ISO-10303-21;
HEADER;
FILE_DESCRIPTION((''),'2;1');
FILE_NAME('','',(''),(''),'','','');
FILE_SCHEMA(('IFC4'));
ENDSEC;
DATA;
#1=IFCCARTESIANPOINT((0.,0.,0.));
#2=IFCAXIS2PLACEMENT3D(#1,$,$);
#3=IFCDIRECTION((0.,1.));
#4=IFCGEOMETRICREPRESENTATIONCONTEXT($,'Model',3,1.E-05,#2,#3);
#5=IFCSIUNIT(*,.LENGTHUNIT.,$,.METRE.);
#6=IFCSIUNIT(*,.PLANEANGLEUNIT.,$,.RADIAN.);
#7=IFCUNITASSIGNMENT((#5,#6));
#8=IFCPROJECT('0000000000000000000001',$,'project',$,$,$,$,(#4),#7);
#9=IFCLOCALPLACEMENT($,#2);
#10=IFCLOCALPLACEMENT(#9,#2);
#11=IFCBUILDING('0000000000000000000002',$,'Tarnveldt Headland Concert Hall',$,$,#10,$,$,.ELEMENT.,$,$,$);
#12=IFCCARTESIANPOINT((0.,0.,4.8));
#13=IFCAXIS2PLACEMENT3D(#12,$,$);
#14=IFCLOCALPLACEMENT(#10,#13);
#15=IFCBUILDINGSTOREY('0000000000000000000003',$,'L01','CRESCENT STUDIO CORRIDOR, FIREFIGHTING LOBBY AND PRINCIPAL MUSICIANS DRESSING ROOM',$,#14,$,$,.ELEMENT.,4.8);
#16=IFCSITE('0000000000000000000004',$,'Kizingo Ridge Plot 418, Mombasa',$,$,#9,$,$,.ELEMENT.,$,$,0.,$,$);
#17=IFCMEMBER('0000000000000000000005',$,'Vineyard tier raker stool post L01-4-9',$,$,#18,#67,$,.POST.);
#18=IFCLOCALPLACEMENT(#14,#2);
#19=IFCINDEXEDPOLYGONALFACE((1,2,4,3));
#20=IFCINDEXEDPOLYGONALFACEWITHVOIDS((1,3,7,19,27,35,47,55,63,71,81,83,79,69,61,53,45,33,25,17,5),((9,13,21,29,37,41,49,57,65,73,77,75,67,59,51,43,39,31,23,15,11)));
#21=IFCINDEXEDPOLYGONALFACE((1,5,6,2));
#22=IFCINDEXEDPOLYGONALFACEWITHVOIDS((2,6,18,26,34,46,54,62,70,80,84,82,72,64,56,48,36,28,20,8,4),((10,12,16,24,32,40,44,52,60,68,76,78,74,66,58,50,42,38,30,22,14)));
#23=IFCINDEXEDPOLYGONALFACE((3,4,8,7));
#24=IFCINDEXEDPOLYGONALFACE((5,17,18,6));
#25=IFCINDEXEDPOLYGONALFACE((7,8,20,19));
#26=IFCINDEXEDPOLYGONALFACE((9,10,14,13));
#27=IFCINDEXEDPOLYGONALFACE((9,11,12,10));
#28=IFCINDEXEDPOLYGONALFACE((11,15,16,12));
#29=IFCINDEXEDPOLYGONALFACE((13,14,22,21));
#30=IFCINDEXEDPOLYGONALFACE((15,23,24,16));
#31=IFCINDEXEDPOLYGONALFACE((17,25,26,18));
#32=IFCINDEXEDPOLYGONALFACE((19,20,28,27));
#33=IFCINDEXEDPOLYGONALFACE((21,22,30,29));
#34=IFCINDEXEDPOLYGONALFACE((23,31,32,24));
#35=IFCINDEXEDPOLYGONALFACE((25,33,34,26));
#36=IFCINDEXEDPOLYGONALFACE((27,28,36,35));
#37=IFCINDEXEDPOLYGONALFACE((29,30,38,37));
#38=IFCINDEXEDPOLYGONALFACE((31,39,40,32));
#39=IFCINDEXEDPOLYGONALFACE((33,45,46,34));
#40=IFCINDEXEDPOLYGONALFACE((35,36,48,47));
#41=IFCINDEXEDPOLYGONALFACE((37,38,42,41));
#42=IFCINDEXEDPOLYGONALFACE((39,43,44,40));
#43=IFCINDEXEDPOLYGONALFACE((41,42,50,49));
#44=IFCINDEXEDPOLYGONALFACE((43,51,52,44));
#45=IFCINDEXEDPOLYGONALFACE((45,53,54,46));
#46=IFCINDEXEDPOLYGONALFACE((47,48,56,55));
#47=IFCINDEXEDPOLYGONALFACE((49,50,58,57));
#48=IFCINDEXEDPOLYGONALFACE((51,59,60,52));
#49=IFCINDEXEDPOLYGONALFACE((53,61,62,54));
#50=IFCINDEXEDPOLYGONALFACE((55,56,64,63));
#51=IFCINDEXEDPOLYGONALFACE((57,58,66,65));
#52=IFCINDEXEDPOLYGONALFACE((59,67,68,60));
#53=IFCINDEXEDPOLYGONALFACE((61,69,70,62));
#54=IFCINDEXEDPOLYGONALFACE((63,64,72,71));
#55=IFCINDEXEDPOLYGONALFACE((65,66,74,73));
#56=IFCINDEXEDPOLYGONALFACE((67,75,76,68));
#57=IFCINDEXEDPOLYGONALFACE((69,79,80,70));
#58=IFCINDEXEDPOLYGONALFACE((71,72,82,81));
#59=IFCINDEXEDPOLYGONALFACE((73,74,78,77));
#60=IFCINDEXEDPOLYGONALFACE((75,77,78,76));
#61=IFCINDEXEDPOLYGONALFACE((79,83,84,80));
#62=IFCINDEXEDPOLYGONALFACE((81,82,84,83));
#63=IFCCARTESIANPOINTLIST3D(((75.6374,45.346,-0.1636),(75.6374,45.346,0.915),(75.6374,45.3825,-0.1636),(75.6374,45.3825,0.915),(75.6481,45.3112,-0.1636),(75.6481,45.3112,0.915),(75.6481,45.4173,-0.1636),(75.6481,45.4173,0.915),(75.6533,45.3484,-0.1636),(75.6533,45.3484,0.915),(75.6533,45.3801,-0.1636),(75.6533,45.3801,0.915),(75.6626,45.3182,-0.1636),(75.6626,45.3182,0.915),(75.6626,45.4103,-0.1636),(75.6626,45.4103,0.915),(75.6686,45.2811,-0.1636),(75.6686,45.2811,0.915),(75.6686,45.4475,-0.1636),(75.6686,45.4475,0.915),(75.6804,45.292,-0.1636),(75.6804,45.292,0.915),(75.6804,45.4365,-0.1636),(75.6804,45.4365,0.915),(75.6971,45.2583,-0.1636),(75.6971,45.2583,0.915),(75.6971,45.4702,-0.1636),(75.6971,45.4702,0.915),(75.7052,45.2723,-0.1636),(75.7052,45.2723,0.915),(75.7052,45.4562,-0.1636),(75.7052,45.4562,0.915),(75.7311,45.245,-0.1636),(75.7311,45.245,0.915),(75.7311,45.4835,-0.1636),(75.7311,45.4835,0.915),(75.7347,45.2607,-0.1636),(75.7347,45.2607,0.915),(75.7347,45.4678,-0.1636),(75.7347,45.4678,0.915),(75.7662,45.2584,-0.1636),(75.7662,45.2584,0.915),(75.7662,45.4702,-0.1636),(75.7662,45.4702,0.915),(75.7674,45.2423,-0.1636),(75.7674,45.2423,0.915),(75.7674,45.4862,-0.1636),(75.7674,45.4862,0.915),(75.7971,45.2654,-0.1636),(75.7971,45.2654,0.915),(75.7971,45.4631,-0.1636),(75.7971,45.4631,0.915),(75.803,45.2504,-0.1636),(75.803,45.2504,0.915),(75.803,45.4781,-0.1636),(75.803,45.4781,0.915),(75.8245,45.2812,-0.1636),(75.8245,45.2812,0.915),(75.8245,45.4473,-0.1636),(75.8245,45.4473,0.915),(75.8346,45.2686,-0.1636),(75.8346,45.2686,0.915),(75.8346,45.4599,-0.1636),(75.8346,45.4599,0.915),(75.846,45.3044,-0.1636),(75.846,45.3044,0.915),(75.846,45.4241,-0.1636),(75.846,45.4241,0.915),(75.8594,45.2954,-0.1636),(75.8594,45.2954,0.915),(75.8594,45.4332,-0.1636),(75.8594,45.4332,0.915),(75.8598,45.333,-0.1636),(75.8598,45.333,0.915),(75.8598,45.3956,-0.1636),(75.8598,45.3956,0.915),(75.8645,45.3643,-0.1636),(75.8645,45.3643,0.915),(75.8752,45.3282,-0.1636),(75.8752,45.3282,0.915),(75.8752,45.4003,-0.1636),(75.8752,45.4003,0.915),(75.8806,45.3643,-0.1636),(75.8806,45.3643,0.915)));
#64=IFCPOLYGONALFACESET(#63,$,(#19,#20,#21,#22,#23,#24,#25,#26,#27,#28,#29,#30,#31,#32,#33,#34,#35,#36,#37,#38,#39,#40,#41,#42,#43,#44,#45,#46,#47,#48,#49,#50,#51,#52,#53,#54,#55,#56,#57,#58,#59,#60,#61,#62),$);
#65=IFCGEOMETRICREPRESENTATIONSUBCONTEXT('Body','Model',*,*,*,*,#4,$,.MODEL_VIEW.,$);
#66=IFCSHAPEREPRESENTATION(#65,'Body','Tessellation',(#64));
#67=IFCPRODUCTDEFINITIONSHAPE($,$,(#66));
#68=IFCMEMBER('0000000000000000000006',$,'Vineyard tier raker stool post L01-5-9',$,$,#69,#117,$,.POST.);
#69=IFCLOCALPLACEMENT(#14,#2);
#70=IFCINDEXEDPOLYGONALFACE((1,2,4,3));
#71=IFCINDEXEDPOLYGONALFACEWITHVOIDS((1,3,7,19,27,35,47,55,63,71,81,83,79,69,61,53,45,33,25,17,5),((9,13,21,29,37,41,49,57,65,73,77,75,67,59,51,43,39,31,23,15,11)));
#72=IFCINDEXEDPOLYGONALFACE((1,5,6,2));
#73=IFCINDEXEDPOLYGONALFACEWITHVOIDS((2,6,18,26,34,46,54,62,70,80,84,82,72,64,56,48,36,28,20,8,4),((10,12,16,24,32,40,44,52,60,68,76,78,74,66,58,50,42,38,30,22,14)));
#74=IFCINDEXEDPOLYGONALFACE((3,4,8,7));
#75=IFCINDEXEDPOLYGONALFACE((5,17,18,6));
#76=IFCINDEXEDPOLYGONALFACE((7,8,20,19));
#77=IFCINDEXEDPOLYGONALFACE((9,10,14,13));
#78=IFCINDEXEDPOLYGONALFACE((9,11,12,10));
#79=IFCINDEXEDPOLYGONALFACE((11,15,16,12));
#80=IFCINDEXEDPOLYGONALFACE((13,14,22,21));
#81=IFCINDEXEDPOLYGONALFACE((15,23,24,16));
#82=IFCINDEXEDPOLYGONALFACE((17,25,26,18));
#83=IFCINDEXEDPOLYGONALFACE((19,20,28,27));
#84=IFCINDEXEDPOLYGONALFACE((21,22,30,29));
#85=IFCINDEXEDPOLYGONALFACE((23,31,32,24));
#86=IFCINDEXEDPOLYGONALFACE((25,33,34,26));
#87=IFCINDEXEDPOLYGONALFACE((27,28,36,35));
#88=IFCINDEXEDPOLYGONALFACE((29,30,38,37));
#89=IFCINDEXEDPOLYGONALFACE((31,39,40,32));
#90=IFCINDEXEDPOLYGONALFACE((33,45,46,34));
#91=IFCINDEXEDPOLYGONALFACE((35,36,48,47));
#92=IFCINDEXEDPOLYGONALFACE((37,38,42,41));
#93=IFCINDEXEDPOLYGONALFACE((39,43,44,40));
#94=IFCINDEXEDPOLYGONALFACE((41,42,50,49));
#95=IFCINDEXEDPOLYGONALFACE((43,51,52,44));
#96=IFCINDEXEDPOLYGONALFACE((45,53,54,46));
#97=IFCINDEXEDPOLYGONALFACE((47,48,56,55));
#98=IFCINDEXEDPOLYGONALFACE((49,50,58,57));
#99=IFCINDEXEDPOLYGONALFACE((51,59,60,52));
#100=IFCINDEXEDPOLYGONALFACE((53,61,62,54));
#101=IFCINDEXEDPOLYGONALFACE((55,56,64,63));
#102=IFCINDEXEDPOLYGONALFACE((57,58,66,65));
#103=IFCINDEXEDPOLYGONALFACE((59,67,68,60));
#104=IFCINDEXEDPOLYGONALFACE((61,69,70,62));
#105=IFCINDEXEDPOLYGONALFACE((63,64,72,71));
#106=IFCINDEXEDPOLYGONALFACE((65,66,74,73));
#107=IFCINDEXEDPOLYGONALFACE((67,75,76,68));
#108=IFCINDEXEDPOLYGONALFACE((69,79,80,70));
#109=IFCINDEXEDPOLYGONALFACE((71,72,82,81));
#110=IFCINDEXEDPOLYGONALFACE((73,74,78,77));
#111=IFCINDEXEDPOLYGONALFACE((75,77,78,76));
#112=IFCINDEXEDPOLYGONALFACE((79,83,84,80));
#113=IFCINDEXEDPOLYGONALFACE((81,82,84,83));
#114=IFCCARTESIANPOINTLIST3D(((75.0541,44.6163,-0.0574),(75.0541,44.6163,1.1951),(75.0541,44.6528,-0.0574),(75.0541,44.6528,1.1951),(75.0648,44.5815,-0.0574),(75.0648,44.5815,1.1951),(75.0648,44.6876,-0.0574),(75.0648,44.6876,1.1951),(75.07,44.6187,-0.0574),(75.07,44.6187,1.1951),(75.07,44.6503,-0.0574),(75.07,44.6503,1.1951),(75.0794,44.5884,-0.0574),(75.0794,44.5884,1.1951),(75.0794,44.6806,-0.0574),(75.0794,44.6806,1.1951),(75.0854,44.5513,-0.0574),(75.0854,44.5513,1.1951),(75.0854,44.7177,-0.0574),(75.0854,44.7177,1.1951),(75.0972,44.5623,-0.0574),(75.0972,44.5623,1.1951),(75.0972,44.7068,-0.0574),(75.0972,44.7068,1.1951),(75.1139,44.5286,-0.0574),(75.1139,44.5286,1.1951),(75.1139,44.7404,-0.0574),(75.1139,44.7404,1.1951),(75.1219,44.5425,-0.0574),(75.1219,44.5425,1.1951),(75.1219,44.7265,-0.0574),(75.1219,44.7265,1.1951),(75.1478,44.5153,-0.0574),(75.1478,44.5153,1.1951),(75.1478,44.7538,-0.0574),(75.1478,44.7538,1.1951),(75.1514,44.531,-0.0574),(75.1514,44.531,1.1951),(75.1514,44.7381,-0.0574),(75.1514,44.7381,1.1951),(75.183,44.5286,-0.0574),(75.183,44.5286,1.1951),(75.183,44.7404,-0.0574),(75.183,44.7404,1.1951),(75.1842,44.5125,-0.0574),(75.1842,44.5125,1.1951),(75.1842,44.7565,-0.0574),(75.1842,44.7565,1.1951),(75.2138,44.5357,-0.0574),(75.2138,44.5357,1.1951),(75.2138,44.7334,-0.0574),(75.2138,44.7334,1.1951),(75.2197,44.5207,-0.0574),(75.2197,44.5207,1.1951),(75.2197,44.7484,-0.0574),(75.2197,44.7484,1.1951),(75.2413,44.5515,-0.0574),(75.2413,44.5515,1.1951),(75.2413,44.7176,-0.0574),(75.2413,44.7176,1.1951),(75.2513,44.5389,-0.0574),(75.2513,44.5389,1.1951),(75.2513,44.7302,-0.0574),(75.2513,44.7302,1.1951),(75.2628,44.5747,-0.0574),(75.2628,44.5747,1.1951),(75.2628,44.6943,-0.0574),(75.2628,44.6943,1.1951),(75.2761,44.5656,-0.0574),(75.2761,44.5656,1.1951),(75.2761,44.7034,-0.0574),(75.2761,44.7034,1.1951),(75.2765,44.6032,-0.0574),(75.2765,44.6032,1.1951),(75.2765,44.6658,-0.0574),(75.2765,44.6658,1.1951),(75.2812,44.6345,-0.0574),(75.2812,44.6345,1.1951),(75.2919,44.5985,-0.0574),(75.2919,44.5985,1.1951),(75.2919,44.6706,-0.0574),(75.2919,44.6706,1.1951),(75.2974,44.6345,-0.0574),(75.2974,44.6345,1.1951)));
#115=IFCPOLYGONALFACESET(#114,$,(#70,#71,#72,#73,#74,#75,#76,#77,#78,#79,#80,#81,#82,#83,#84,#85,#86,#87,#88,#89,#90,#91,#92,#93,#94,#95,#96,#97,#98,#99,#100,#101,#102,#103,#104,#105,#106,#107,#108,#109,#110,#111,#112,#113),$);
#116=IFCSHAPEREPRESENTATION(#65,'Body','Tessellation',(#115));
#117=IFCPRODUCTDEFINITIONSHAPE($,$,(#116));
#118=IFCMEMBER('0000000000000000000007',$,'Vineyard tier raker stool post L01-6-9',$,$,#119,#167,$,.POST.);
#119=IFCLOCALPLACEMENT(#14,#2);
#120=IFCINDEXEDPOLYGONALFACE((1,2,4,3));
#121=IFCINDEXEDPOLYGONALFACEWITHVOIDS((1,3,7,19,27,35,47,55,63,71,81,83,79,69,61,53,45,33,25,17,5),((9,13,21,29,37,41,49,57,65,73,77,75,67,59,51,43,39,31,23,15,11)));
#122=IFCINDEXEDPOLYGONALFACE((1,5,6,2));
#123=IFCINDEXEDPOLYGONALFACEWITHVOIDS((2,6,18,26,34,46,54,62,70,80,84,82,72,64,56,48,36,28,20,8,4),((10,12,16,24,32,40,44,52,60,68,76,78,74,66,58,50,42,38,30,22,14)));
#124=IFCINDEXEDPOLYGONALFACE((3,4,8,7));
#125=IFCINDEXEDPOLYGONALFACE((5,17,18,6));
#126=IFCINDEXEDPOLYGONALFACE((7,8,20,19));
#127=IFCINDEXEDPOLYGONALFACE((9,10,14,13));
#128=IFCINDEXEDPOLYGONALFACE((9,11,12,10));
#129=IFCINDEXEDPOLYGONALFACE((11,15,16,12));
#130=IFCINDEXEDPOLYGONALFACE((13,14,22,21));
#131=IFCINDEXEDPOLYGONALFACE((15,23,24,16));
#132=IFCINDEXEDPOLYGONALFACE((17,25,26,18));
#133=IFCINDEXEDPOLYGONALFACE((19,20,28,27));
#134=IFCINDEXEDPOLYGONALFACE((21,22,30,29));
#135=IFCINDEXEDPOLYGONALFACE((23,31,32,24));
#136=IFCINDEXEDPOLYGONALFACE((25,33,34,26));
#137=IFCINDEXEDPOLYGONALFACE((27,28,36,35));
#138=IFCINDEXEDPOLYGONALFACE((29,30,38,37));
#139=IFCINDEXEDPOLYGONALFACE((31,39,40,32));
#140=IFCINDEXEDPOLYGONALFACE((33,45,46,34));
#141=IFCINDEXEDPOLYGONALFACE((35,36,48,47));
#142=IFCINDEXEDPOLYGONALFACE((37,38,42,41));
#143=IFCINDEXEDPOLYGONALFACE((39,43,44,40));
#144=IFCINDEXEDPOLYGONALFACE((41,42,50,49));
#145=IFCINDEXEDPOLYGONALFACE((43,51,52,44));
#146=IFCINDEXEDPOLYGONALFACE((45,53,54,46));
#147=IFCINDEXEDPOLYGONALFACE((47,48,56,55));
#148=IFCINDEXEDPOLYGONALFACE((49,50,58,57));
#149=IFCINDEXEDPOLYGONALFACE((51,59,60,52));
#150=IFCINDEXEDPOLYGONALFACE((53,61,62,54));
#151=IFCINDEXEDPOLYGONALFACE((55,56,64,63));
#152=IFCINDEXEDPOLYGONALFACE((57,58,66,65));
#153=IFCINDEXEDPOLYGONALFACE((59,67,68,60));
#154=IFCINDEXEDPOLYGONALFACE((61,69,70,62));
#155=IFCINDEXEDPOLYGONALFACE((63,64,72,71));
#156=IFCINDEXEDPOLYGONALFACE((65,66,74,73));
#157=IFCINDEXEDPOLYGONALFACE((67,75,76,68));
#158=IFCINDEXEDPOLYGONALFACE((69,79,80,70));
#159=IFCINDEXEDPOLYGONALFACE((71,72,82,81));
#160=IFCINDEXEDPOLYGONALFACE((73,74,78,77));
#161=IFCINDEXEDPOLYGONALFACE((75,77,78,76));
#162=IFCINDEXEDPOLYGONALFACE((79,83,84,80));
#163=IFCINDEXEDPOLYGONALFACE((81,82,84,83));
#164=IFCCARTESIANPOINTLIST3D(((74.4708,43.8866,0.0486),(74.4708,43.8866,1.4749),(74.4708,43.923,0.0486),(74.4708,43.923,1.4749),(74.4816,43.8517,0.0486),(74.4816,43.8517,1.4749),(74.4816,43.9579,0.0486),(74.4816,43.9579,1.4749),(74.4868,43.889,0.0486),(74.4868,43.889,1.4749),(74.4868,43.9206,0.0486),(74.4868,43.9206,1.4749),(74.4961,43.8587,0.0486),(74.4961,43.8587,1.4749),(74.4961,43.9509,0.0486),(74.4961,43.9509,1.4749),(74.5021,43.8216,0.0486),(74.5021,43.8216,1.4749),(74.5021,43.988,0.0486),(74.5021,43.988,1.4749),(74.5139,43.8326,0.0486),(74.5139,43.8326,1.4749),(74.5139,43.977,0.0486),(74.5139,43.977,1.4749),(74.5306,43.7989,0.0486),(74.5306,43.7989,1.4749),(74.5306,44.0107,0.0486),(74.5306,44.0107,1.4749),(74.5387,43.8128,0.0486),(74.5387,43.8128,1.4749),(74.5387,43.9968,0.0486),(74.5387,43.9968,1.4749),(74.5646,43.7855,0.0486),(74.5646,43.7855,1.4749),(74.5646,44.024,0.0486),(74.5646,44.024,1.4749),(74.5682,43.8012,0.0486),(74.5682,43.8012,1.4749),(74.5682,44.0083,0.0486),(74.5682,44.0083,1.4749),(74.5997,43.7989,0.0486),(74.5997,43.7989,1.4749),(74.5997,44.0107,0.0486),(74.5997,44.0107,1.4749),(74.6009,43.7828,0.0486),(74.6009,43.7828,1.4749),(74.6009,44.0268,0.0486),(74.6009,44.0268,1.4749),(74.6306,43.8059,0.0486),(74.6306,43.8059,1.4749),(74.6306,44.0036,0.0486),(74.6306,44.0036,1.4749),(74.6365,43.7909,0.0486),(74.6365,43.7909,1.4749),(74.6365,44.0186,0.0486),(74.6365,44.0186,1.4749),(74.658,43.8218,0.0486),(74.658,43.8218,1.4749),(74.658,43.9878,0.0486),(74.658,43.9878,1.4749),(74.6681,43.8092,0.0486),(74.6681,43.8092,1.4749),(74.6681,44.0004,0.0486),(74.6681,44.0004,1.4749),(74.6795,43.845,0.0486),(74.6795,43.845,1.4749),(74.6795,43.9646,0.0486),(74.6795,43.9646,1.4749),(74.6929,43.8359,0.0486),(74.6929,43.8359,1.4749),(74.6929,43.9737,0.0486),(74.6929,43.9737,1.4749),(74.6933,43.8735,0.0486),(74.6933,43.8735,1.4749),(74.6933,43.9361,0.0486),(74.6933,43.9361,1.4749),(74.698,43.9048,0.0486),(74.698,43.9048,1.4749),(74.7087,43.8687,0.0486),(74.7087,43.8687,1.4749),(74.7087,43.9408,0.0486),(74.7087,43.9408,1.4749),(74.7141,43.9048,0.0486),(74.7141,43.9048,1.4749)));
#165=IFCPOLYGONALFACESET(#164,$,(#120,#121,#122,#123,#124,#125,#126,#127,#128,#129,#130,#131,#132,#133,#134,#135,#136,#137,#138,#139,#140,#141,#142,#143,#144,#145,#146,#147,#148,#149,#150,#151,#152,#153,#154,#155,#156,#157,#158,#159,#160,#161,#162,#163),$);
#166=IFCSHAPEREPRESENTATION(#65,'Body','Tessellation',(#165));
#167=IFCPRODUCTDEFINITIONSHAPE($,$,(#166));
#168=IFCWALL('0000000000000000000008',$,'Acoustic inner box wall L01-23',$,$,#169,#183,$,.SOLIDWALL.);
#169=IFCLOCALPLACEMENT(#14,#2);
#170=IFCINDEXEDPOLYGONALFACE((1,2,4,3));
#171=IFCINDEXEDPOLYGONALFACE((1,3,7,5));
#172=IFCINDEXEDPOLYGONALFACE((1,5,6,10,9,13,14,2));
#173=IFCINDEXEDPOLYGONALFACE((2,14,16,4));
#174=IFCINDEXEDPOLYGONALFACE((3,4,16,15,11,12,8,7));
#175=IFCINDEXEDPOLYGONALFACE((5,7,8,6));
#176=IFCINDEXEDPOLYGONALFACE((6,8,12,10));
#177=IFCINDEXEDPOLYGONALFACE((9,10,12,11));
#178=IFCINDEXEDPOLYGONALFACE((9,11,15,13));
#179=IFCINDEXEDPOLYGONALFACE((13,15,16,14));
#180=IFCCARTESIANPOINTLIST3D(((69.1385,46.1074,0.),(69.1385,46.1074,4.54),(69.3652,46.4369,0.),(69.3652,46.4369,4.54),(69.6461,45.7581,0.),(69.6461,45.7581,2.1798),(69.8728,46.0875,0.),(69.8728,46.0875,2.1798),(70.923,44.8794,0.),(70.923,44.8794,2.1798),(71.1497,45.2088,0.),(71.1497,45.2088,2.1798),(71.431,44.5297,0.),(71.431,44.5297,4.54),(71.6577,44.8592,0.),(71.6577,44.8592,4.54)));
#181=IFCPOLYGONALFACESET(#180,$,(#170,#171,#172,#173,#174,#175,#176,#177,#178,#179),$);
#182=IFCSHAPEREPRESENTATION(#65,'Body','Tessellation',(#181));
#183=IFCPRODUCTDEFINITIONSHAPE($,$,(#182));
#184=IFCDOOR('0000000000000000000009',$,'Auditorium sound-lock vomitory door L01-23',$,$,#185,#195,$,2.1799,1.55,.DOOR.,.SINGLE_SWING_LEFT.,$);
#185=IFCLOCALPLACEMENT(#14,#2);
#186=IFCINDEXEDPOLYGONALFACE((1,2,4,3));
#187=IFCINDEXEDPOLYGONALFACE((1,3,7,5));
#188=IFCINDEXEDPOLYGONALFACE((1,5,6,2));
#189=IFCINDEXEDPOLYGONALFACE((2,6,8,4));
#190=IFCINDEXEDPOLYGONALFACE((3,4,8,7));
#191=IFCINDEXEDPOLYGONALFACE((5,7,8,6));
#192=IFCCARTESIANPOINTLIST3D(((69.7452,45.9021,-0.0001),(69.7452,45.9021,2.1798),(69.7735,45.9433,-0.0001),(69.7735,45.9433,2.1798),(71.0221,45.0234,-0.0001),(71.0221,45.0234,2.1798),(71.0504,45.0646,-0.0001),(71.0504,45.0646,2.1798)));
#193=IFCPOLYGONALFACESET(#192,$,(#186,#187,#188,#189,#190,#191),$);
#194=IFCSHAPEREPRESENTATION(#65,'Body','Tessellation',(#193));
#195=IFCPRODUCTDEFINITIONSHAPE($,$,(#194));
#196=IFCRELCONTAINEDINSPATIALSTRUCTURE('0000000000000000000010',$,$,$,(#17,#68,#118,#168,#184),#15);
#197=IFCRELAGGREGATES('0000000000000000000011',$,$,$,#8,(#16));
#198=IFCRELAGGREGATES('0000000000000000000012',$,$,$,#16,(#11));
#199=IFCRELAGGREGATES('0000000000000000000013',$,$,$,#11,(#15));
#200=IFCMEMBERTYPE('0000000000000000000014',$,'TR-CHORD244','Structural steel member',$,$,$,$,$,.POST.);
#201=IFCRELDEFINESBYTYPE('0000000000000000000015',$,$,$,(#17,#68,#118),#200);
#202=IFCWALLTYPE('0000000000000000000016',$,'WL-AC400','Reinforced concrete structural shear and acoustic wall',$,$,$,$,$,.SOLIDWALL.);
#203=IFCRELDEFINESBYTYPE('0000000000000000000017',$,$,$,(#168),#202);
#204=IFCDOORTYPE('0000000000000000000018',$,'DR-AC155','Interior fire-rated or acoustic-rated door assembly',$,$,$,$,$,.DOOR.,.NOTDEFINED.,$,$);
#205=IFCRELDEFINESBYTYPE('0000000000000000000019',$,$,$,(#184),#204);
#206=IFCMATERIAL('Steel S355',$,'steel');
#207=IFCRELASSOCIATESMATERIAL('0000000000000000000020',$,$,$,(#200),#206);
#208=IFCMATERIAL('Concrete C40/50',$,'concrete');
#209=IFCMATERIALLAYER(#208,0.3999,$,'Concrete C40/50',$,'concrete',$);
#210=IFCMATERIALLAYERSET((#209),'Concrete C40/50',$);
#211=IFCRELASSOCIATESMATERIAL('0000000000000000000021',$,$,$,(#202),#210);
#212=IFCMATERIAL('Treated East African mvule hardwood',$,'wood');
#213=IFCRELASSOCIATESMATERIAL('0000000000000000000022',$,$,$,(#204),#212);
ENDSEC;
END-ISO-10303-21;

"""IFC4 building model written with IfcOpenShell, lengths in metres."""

from ifc_helpers import new_model, si_unit, direction, frame, frame_2d, origin, origin_2d, place, context, subcontext, project, spatial, rectangle, hollow_circle, extrude, material, layer, layer_set, material_profile, profile_set, type_object, element, fill, save


model = new_model("IFC4")

# Units and contexts
model_context = context("Model", 3, precision=1e-05, world=origin(), true_north=direction((0.0, 1.0)))
body_context = subcontext(model_context, "Body", "Model", "MODEL_VIEW")
ifc_project = project(units=[si_unit("LENGTHUNIT", "METRE"), si_unit("PLANEANGLEUNIT", "RADIAN")], contexts=[model_context])

# Site, building, storey
site_placement = place(None, origin())
site = spatial("IfcSite", under=ifc_project, at=site_placement, Name="Kizingo Ridge Plot 418, Mombasa", CompositionType="ELEMENT", RefElevation=0.0)
building_placement = place(site_placement, origin())
building = spatial("IfcBuilding", under=site, at=building_placement, Name="Tarnveldt Headland Concert Hall", CompositionType="ELEMENT")
storey_placement = place(building_placement, frame((0.0, 0.0, 4.8)))
storey = spatial("IfcBuildingStorey", under=building, at=storey_placement, Name="L01", Description="CRESCENT STUDIO CORRIDOR, FIREFIGHTING LOBBY AND PRINCIPAL MUSICIANS DRESSING ROOM", CompositionType="ELEMENT", Elevation=4.8)

# Shared definitions
ifc_material_1 = material(Name="Concrete C40/50", Category="concrete")
ifc_material_2 = material(Name="Steel S355", Category="steel")

# Members
ifc_material_profile_1 = material_profile(ifc_material_2, hollow_circle(Radius=0.1223, WallThickness=0.0161, at=origin_2d()), Name="CHS 244.5x16", Category="steel")
ifc_profile_set_1 = profile_set([ifc_material_profile_1], Name="Steel S355")
member_type = type_object("IfcMemberType", Name="TR-CHORD244", Description="Structural steel member", PredefinedType="POST", material=ifc_profile_set_1)
for number, where, z_axis, x_axis, name in (
    (1, (75.7583, 45.3643, -0.1636), (0.0, 0.0, 1.0), (1.0, 0.0, 0.0), "Vineyard tier raker stool post L01-4-9"),
):
    element("IfcMember", number, at=place(storey_placement, frame(where, z_axis=z_axis, x_axis=x_axis)), inside=storey, type_object=member_type, Name=name, PredefinedType="POST", context=body_context, shape_type="SweptSolid", body=[
        extrude(hollow_circle(Radius=0.1223, WallThickness=0.0161, at=origin_2d()), origin(), (0.0, 0.0, 1.0), 1.0786),
    ])
member_1_placement = place(storey_placement, frame((75.175, 44.6345, -0.0574), z_axis=(0.0, 0.0, 1.0), x_axis=(1.0, 0.0, 0.0)))
element("IfcMember", 2, at=member_1_placement, inside=storey, type_object=member_type, Name="Vineyard tier raker stool post L01-5-9", PredefinedType="POST", context=body_context, shape_type="SweptSolid", body=[
    extrude(hollow_circle(Radius=0.1223, WallThickness=0.0161, at=origin_2d()), origin(), (0.0, 0.0, 1.0), 1.2524),
])
member_2_placement = place(storey_placement, frame((74.5918, 43.9048, 0.0486), z_axis=(0.0, 0.0, 1.0), x_axis=(1.0, 0.0, 0.0)))
element("IfcMember", 3, at=member_2_placement, inside=storey, type_object=member_type, Name="Vineyard tier raker stool post L01-6-9", PredefinedType="POST", context=body_context, shape_type="SweptSolid", body=[
    extrude(hollow_circle(Radius=0.1223, WallThickness=0.0161, at=origin_2d()), origin(), (0.0, 0.0, 1.0), 1.4263),
])

# Wall, opening, door
ifc_layer_1 = layer(ifc_material_1, 0.3999, Name="Concrete C40/50", Category="concrete")
ifc_layer_set_1 = layer_set([ifc_layer_1], Name="Concrete C40/50")
wall_type = type_object("IfcWallType", Name="WL-AC400", Description="Reinforced concrete structural shear and acoustic wall", PredefinedType="SOLIDWALL", material=ifc_layer_set_1)
wall_1_placement = place(storey_placement, frame((69.2517, 46.2722, 0.0), z_axis=(0.0, 0.0, 1.0), x_axis=(0.823781, -0.566909, 0.0)))
wall_1 = element("IfcWall", 4, at=wall_1_placement, inside=storey, type_object=wall_type, Name="Acoustic inner box wall L01-23", PredefinedType="SOLIDWALL", context=body_context, shape_type="SweptSolid", body=[
    extrude(rectangle(XDim=2.783, YDim=0.3999, at=frame_2d((1.3916, 0.0))), origin(), (0.0, 0.0, 1.0), 4.54),
])
opening_placement = place(wall_1_placement, frame((0.6165, 0.0, 0.0)))
opening = element("IfcOpeningElement", 5, at=opening_placement, cuts=wall_1, PredefinedType="OPENING", context=body_context, shape_type="SweptSolid", body=[
    extrude(rectangle(XDim=1.55, YDim=2.1799, at=frame_2d((0.7749, 1.0898))), frame((0.0, 0.21, 0.0), z_axis=(0.0, -1.0, 0.0), x_axis=(1.0, 0.0, 0.0)), (0.0, 0.0, 1.0), 0.4199),
])
ifc_material_3 = material(Name="Treated East African mvule hardwood", Category="wood")
door_type = type_object("IfcDoorType", Name="DR-AC155", Description="Interior fire-rated or acoustic-rated door assembly", OperationType="NOTDEFINED", PredefinedType="DOOR", material=ifc_material_3)
door_placement = place(opening_placement, origin())
door = element("IfcDoor", 6, at=door_placement, inside=storey, type_object=door_type, Name="Auditorium sound-lock vomitory door L01-23", OperationType="SINGLE_SWING_LEFT", OverallHeight=2.1799, OverallWidth=1.55, PredefinedType="DOOR", context=body_context, shape_type="SweptSolid", body=[
    extrude(rectangle(XDim=1.55, YDim=2.1799, at=frame_2d((0.7749, 1.0898))), frame((0.0, 0.0249, 0.0), z_axis=(0.0, -1.0, 0.0), x_axis=(1.0, 0.0, 0.0)), (0.0, 0.0, 1.0), 0.05),
])
fill(opening, door)

save(model, "model.ifc")
